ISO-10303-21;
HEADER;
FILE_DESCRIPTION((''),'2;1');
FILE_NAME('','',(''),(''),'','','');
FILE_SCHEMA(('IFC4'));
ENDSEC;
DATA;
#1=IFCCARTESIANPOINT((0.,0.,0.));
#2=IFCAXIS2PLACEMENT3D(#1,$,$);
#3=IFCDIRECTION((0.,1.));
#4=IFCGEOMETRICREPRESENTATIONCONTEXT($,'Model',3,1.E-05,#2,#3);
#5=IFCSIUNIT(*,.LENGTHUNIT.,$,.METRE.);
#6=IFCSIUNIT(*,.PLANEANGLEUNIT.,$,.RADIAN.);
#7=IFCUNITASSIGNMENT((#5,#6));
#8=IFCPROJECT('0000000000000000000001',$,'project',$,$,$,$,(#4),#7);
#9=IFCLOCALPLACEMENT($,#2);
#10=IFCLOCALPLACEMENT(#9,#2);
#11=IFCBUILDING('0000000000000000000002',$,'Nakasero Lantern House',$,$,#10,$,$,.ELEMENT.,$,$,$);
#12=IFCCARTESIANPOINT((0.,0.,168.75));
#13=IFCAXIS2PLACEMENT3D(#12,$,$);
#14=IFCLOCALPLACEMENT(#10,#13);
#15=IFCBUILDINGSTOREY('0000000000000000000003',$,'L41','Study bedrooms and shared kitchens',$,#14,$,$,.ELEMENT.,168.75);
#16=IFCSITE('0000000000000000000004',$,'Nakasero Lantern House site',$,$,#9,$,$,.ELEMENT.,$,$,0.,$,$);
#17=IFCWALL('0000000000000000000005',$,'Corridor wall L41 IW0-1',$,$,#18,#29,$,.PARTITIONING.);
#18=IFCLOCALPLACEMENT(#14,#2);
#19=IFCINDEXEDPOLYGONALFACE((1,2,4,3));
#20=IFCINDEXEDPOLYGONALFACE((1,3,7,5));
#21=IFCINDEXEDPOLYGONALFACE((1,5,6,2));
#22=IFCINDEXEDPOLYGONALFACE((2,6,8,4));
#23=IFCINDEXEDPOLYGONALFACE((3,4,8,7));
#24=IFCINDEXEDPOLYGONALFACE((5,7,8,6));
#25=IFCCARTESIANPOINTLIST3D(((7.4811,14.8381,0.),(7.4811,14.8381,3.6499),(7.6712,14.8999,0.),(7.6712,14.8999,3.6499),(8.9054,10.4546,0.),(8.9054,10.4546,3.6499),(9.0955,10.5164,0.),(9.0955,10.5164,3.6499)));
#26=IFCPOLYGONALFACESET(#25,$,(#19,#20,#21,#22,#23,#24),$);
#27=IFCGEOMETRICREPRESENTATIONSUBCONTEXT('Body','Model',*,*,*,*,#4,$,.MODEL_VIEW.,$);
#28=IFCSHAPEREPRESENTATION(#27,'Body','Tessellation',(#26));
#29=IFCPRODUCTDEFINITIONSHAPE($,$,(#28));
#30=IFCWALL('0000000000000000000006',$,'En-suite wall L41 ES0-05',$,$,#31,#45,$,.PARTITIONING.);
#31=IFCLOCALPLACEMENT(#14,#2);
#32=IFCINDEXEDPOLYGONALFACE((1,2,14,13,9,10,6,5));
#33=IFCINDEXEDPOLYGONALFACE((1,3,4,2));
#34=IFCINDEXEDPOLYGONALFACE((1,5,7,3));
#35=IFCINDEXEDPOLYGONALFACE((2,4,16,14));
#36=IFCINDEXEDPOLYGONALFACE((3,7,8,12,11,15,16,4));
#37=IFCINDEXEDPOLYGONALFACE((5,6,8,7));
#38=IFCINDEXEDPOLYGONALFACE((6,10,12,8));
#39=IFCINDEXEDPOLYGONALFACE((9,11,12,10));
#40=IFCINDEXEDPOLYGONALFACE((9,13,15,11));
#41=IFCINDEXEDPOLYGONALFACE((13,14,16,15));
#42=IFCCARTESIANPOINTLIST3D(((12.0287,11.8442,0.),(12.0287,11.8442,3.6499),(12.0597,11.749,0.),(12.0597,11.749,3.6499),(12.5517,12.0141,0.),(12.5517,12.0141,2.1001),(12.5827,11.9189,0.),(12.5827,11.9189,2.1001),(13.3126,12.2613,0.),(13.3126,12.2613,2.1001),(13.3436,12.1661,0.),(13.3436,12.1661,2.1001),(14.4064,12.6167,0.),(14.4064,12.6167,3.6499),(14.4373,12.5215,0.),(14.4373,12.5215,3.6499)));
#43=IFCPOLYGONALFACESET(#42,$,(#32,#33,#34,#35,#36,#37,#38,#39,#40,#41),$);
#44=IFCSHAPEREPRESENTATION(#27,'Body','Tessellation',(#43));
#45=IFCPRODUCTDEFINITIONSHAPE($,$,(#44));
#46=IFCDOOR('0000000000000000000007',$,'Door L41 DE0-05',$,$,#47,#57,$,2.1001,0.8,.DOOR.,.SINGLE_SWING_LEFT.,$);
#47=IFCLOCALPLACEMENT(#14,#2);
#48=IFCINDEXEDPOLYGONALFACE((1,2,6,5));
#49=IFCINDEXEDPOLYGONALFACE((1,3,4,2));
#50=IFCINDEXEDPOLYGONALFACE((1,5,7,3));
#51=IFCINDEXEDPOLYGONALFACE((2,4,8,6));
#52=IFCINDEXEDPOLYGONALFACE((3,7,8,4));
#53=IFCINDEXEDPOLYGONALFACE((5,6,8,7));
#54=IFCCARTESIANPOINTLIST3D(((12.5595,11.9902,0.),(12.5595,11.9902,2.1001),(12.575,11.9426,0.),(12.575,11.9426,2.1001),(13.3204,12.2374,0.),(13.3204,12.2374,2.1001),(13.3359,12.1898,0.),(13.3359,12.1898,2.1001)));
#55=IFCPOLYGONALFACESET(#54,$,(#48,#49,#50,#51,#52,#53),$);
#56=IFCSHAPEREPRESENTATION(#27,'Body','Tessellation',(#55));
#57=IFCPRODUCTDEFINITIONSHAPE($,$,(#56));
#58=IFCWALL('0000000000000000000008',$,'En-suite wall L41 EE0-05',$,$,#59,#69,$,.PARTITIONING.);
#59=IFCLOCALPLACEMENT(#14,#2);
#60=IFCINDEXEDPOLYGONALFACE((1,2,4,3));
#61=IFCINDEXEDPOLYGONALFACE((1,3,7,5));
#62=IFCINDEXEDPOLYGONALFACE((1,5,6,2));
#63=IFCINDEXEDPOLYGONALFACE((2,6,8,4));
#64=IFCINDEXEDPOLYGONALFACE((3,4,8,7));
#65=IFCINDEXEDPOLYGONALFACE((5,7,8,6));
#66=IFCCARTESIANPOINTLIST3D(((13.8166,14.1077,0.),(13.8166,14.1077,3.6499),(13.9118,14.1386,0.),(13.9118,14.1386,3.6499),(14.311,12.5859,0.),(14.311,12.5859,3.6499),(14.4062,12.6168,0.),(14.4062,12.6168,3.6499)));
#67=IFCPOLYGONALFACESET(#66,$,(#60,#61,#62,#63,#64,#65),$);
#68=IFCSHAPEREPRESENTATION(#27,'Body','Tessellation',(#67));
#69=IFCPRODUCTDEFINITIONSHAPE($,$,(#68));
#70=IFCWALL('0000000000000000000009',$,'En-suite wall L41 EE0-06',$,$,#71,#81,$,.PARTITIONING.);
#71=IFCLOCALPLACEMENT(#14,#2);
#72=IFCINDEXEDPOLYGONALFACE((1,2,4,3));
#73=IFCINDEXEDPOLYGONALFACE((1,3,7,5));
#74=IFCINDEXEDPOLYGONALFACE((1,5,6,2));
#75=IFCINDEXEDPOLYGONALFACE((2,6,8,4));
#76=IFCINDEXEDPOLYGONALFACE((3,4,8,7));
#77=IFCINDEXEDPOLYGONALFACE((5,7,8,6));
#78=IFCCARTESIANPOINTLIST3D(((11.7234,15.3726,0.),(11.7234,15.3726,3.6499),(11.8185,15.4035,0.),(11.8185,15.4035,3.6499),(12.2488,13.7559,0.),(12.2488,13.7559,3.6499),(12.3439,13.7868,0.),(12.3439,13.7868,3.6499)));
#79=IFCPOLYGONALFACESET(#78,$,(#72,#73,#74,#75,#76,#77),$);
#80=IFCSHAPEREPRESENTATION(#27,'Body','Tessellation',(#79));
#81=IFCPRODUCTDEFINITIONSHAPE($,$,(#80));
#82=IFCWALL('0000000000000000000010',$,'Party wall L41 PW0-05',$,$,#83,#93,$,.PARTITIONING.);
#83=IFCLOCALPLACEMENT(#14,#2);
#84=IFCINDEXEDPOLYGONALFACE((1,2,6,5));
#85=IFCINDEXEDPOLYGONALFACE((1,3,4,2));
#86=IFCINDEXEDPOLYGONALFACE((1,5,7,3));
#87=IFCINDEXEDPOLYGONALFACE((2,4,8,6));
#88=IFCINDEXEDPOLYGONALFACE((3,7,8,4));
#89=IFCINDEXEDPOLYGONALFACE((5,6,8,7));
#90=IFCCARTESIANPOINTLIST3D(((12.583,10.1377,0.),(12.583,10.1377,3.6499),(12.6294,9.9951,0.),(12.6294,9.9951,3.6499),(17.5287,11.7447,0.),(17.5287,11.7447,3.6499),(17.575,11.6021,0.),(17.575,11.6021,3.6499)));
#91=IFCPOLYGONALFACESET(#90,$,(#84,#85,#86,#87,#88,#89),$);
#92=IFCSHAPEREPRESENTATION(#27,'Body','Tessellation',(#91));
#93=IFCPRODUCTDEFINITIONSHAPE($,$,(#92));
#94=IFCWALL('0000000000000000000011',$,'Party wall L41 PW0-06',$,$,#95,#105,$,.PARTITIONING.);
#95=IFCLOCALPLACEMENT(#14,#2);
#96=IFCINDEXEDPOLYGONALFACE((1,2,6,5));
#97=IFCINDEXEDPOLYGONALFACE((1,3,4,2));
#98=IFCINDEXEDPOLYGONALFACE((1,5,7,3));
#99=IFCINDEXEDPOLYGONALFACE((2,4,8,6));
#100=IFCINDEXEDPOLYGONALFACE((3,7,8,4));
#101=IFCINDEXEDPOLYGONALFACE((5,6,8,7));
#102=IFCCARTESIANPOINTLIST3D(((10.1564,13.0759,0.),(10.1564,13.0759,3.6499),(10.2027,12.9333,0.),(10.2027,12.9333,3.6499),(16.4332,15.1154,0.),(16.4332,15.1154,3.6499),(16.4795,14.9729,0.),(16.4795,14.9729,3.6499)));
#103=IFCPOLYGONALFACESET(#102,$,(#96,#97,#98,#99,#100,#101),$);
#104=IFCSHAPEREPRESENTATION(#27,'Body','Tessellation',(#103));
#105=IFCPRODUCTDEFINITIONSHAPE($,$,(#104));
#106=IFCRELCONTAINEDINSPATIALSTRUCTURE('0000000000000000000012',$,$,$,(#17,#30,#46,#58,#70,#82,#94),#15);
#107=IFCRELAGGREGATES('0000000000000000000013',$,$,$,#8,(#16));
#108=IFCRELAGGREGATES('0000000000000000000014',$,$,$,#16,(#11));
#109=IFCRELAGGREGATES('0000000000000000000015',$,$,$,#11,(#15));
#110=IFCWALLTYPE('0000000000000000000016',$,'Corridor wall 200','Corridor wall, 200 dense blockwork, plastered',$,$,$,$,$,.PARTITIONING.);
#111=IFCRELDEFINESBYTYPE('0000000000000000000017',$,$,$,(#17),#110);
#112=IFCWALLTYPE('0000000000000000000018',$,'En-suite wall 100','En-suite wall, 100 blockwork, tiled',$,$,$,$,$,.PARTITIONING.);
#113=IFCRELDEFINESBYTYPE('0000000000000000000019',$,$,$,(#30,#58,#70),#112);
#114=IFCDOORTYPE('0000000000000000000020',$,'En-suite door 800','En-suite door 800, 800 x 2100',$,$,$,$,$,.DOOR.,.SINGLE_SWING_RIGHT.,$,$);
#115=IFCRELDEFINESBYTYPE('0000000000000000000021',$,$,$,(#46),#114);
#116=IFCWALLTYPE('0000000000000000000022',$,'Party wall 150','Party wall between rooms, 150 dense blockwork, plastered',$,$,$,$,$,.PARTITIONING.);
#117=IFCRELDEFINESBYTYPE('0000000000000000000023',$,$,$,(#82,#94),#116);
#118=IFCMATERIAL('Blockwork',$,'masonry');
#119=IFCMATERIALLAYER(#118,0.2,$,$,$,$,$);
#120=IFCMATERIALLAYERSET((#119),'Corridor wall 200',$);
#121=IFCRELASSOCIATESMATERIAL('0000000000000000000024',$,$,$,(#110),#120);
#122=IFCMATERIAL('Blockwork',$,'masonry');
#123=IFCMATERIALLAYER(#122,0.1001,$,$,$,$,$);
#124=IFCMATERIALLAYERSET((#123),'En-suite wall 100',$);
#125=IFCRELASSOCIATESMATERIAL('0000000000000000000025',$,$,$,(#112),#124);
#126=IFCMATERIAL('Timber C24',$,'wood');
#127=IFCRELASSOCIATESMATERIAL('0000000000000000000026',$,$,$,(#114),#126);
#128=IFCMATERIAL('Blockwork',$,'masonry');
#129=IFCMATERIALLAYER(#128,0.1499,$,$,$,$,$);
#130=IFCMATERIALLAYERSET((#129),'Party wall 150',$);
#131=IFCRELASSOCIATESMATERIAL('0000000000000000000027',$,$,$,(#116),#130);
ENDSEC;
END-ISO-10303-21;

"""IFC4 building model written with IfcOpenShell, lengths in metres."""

from ifc_helpers import new_model, si_unit, direction, frame, frame_2d, origin, place, context, subcontext, project, spatial, rectangle, extrude, material, layer, layer_set, type_object, element, fill, save


model = new_model("IFC4")

# Units and contexts
model_context = context("Model", 3, precision=1e-05, world=origin(), true_north=direction((0.0, 1.0)))
body_context = subcontext(model_context, "Body", "Model", "MODEL_VIEW")
ifc_project = project(units=[si_unit("LENGTHUNIT", "METRE"), si_unit("PLANEANGLEUNIT", "RADIAN")], contexts=[model_context])

# Site, building, storey
site_placement = place(None, origin())
site = spatial("IfcSite", under=ifc_project, at=site_placement, Name="Nakasero Lantern House site", CompositionType="ELEMENT", RefElevation=0.0)
building_placement = place(site_placement, origin())
building = spatial("IfcBuilding", under=site, at=building_placement, Name="Nakasero Lantern House", CompositionType="ELEMENT")
storey_placement = place(building_placement, frame((0.0, 0.0, 168.75)))
storey = spatial("IfcBuildingStorey", under=building, at=storey_placement, Name="L41", Description="Study bedrooms and shared kitchens", CompositionType="ELEMENT", Elevation=168.75)

# Wall
ifc_material_1 = material(Name="Blockwork", Category="masonry")
ifc_layer_1 = layer(ifc_material_1, 0.2)
ifc_layer_set_1 = layer_set([ifc_layer_1], Name="Corridor wall 200")
wall_type_1 = type_object("IfcWallType", Name="Corridor wall 200", Description="Corridor wall, 200 dense blockwork, plastered", PredefinedType="PARTITIONING", material=ifc_layer_set_1)
wall_1_placement = place(storey_placement, frame((9.0005, 10.4854, 0.0), z_axis=(0.0, 0.0, 1.0), x_axis=(-0.30902, 0.951055, 0.0)))
element("IfcWall", 1, at=wall_1_placement, inside=storey, type_object=wall_type_1, Name="Corridor wall L41 IW0-1", PredefinedType="PARTITIONING", context=body_context, shape_type="SweptSolid", body=[
    extrude(rectangle(XDim=4.6091, YDim=0.2, at=frame_2d((2.3047, 0.0))), origin(), (0.0, 0.0, 1.0), 3.6499),
])

# Wall, opening, door
ifc_material_2 = material(Name="Blockwork", Category="masonry")
ifc_layer_2 = layer(ifc_material_2, 0.1001)
ifc_layer_set_2 = layer_set([ifc_layer_2], Name="En-suite wall 100")
wall_type_2 = type_object("IfcWallType", Name="En-suite wall 100", Description="En-suite wall, 100 blockwork, tiled", PredefinedType="PARTITIONING", material=ifc_layer_set_2)
wall_2_placement = place(storey_placement, frame((12.0442, 11.7966, 0.0), z_axis=(0.0, 0.0, 1.0), x_axis=(0.951068, 0.308982, 0.0)))
wall_2 = element("IfcWall", 2, at=wall_2_placement, inside=storey, type_object=wall_type_2, Name="En-suite wall L41 ES0-05", PredefinedType="PARTITIONING", context=body_context, shape_type="SweptSolid", body=[
    extrude(rectangle(XDim=2.5, YDim=0.1001, at=frame_2d((1.25, 0.0))), origin(), (0.0, 0.0, 1.0), 3.6499),
])
opening_placement = place(wall_2_placement, frame((0.55, 0.0, 0.0)))
opening = element("IfcOpeningElement", 3, at=opening_placement, cuts=wall_2, PredefinedType="OPENING", context=body_context, shape_type="SweptSolid", body=[
    extrude(rectangle(XDim=0.8, YDim=2.1001, at=frame_2d((0.3999, 1.05))), frame((0.0, 0.0701, 0.0), z_axis=(0.0, -1.0, 0.0), x_axis=(1.0, 0.0, 0.0)), (0.0, 0.0, 1.0), 0.1401),
])
ifc_material_3 = material(Name="Timber C24", Category="wood")
door_type = type_object("IfcDoorType", Name="En-suite door 800", Description="En-suite door 800, 800 x 2100", OperationType="SINGLE_SWING_RIGHT", PredefinedType="DOOR", material=ifc_material_3)
door_placement = place(opening_placement, origin())
door = element("IfcDoor", 4, at=door_placement, inside=storey, type_object=door_type, Name="Door L41 DE0-05", OperationType="SINGLE_SWING_LEFT", OverallHeight=2.1001, OverallWidth=0.8, PredefinedType="DOOR", context=body_context, shape_type="SweptSolid", body=[
    extrude(rectangle(XDim=0.8, YDim=2.1001, at=frame_2d((0.3999, 1.05))), frame((0.0, 0.0249, 0.0), z_axis=(0.0, -1.0, 0.0), x_axis=(1.0, 0.0, 0.0)), (0.0, 0.0, 1.0), 0.05),
])
fill(opening, door)

# Walls
wall_3_placement = place(storey_placement, frame((14.3586, 12.6013, 0.0), z_axis=(0.0, 0.0, 1.0), x_axis=(-0.308986, 0.951067, 0.0)))
element("IfcWall", 5, at=wall_3_placement, inside=storey, type_object=wall_type_2, Name="En-suite wall L41 EE0-05", PredefinedType="PARTITIONING", context=body_context, shape_type="SweptSolid", body=[
    extrude(rectangle(XDim=1.6001, YDim=0.1001, at=frame_2d((0.8, 0.0))), origin(), (0.0, 0.0, 1.0), 3.6499),
])
wall_4_placement = place(storey_placement, frame((12.2964, 13.7712, 0.0), z_axis=(0.0, 0.0, 1.0), x_axis=(-0.309067, 0.95104, 0.0)))
element("IfcWall", 6, at=wall_4_placement, inside=storey, type_object=wall_type_2, Name="En-suite wall L41 EE0-06", PredefinedType="PARTITIONING", context=body_context, shape_type="SweptSolid", body=[
    extrude(rectangle(XDim=1.7, YDim=0.1001, at=frame_2d((0.8501, 0.0))), origin(), (0.0, 0.0, 1.0), 3.6499),
])
ifc_material_4 = material(Name="Blockwork", Category="masonry")
ifc_layer_3 = layer(ifc_material_4, 0.1499)
ifc_layer_set_3 = layer_set([ifc_layer_3], Name="Party wall 150")
wall_type_3 = type_object("IfcWallType", Name="Party wall 150", Description="Party wall between rooms, 150 dense blockwork, plastered", PredefinedType="PARTITIONING", material=ifc_layer_set_3)
wall_5_placement = place(storey_placement, frame((12.6062, 10.0664, 0.0), z_axis=(0.0, 0.0, 1.0), x_axis=(0.951055, 0.309021, 0.0)))
element("IfcWall", 7, at=wall_5_placement, inside=storey, type_object=wall_type_3, Name="Party wall L41 PW0-05", PredefinedType="PARTITIONING", context=body_context, shape_type="SweptSolid", body=[
    extrude(rectangle(XDim=5.2002, YDim=0.1499, at=frame_2d((2.6001, 0.0))), origin(), (0.0, 0.0, 1.0), 3.6499),
])
wall_6_placement = place(storey_placement, frame((10.1797, 13.0046, 0.0), z_axis=(0.0, 0.0, 1.0), x_axis=(0.951053, 0.309028, 0.0)))
element("IfcWall", 8, at=wall_6_placement, inside=storey, type_object=wall_type_3, Name="Party wall L41 PW0-06", PredefinedType="PARTITIONING", context=body_context, shape_type="SweptSolid", body=[
    extrude(rectangle(XDim=6.5999, YDim=0.1499, at=frame_2d((3.2998, 0.0))), origin(), (0.0, 0.0, 1.0), 3.6499),
])

save(model, "model.ifc")
